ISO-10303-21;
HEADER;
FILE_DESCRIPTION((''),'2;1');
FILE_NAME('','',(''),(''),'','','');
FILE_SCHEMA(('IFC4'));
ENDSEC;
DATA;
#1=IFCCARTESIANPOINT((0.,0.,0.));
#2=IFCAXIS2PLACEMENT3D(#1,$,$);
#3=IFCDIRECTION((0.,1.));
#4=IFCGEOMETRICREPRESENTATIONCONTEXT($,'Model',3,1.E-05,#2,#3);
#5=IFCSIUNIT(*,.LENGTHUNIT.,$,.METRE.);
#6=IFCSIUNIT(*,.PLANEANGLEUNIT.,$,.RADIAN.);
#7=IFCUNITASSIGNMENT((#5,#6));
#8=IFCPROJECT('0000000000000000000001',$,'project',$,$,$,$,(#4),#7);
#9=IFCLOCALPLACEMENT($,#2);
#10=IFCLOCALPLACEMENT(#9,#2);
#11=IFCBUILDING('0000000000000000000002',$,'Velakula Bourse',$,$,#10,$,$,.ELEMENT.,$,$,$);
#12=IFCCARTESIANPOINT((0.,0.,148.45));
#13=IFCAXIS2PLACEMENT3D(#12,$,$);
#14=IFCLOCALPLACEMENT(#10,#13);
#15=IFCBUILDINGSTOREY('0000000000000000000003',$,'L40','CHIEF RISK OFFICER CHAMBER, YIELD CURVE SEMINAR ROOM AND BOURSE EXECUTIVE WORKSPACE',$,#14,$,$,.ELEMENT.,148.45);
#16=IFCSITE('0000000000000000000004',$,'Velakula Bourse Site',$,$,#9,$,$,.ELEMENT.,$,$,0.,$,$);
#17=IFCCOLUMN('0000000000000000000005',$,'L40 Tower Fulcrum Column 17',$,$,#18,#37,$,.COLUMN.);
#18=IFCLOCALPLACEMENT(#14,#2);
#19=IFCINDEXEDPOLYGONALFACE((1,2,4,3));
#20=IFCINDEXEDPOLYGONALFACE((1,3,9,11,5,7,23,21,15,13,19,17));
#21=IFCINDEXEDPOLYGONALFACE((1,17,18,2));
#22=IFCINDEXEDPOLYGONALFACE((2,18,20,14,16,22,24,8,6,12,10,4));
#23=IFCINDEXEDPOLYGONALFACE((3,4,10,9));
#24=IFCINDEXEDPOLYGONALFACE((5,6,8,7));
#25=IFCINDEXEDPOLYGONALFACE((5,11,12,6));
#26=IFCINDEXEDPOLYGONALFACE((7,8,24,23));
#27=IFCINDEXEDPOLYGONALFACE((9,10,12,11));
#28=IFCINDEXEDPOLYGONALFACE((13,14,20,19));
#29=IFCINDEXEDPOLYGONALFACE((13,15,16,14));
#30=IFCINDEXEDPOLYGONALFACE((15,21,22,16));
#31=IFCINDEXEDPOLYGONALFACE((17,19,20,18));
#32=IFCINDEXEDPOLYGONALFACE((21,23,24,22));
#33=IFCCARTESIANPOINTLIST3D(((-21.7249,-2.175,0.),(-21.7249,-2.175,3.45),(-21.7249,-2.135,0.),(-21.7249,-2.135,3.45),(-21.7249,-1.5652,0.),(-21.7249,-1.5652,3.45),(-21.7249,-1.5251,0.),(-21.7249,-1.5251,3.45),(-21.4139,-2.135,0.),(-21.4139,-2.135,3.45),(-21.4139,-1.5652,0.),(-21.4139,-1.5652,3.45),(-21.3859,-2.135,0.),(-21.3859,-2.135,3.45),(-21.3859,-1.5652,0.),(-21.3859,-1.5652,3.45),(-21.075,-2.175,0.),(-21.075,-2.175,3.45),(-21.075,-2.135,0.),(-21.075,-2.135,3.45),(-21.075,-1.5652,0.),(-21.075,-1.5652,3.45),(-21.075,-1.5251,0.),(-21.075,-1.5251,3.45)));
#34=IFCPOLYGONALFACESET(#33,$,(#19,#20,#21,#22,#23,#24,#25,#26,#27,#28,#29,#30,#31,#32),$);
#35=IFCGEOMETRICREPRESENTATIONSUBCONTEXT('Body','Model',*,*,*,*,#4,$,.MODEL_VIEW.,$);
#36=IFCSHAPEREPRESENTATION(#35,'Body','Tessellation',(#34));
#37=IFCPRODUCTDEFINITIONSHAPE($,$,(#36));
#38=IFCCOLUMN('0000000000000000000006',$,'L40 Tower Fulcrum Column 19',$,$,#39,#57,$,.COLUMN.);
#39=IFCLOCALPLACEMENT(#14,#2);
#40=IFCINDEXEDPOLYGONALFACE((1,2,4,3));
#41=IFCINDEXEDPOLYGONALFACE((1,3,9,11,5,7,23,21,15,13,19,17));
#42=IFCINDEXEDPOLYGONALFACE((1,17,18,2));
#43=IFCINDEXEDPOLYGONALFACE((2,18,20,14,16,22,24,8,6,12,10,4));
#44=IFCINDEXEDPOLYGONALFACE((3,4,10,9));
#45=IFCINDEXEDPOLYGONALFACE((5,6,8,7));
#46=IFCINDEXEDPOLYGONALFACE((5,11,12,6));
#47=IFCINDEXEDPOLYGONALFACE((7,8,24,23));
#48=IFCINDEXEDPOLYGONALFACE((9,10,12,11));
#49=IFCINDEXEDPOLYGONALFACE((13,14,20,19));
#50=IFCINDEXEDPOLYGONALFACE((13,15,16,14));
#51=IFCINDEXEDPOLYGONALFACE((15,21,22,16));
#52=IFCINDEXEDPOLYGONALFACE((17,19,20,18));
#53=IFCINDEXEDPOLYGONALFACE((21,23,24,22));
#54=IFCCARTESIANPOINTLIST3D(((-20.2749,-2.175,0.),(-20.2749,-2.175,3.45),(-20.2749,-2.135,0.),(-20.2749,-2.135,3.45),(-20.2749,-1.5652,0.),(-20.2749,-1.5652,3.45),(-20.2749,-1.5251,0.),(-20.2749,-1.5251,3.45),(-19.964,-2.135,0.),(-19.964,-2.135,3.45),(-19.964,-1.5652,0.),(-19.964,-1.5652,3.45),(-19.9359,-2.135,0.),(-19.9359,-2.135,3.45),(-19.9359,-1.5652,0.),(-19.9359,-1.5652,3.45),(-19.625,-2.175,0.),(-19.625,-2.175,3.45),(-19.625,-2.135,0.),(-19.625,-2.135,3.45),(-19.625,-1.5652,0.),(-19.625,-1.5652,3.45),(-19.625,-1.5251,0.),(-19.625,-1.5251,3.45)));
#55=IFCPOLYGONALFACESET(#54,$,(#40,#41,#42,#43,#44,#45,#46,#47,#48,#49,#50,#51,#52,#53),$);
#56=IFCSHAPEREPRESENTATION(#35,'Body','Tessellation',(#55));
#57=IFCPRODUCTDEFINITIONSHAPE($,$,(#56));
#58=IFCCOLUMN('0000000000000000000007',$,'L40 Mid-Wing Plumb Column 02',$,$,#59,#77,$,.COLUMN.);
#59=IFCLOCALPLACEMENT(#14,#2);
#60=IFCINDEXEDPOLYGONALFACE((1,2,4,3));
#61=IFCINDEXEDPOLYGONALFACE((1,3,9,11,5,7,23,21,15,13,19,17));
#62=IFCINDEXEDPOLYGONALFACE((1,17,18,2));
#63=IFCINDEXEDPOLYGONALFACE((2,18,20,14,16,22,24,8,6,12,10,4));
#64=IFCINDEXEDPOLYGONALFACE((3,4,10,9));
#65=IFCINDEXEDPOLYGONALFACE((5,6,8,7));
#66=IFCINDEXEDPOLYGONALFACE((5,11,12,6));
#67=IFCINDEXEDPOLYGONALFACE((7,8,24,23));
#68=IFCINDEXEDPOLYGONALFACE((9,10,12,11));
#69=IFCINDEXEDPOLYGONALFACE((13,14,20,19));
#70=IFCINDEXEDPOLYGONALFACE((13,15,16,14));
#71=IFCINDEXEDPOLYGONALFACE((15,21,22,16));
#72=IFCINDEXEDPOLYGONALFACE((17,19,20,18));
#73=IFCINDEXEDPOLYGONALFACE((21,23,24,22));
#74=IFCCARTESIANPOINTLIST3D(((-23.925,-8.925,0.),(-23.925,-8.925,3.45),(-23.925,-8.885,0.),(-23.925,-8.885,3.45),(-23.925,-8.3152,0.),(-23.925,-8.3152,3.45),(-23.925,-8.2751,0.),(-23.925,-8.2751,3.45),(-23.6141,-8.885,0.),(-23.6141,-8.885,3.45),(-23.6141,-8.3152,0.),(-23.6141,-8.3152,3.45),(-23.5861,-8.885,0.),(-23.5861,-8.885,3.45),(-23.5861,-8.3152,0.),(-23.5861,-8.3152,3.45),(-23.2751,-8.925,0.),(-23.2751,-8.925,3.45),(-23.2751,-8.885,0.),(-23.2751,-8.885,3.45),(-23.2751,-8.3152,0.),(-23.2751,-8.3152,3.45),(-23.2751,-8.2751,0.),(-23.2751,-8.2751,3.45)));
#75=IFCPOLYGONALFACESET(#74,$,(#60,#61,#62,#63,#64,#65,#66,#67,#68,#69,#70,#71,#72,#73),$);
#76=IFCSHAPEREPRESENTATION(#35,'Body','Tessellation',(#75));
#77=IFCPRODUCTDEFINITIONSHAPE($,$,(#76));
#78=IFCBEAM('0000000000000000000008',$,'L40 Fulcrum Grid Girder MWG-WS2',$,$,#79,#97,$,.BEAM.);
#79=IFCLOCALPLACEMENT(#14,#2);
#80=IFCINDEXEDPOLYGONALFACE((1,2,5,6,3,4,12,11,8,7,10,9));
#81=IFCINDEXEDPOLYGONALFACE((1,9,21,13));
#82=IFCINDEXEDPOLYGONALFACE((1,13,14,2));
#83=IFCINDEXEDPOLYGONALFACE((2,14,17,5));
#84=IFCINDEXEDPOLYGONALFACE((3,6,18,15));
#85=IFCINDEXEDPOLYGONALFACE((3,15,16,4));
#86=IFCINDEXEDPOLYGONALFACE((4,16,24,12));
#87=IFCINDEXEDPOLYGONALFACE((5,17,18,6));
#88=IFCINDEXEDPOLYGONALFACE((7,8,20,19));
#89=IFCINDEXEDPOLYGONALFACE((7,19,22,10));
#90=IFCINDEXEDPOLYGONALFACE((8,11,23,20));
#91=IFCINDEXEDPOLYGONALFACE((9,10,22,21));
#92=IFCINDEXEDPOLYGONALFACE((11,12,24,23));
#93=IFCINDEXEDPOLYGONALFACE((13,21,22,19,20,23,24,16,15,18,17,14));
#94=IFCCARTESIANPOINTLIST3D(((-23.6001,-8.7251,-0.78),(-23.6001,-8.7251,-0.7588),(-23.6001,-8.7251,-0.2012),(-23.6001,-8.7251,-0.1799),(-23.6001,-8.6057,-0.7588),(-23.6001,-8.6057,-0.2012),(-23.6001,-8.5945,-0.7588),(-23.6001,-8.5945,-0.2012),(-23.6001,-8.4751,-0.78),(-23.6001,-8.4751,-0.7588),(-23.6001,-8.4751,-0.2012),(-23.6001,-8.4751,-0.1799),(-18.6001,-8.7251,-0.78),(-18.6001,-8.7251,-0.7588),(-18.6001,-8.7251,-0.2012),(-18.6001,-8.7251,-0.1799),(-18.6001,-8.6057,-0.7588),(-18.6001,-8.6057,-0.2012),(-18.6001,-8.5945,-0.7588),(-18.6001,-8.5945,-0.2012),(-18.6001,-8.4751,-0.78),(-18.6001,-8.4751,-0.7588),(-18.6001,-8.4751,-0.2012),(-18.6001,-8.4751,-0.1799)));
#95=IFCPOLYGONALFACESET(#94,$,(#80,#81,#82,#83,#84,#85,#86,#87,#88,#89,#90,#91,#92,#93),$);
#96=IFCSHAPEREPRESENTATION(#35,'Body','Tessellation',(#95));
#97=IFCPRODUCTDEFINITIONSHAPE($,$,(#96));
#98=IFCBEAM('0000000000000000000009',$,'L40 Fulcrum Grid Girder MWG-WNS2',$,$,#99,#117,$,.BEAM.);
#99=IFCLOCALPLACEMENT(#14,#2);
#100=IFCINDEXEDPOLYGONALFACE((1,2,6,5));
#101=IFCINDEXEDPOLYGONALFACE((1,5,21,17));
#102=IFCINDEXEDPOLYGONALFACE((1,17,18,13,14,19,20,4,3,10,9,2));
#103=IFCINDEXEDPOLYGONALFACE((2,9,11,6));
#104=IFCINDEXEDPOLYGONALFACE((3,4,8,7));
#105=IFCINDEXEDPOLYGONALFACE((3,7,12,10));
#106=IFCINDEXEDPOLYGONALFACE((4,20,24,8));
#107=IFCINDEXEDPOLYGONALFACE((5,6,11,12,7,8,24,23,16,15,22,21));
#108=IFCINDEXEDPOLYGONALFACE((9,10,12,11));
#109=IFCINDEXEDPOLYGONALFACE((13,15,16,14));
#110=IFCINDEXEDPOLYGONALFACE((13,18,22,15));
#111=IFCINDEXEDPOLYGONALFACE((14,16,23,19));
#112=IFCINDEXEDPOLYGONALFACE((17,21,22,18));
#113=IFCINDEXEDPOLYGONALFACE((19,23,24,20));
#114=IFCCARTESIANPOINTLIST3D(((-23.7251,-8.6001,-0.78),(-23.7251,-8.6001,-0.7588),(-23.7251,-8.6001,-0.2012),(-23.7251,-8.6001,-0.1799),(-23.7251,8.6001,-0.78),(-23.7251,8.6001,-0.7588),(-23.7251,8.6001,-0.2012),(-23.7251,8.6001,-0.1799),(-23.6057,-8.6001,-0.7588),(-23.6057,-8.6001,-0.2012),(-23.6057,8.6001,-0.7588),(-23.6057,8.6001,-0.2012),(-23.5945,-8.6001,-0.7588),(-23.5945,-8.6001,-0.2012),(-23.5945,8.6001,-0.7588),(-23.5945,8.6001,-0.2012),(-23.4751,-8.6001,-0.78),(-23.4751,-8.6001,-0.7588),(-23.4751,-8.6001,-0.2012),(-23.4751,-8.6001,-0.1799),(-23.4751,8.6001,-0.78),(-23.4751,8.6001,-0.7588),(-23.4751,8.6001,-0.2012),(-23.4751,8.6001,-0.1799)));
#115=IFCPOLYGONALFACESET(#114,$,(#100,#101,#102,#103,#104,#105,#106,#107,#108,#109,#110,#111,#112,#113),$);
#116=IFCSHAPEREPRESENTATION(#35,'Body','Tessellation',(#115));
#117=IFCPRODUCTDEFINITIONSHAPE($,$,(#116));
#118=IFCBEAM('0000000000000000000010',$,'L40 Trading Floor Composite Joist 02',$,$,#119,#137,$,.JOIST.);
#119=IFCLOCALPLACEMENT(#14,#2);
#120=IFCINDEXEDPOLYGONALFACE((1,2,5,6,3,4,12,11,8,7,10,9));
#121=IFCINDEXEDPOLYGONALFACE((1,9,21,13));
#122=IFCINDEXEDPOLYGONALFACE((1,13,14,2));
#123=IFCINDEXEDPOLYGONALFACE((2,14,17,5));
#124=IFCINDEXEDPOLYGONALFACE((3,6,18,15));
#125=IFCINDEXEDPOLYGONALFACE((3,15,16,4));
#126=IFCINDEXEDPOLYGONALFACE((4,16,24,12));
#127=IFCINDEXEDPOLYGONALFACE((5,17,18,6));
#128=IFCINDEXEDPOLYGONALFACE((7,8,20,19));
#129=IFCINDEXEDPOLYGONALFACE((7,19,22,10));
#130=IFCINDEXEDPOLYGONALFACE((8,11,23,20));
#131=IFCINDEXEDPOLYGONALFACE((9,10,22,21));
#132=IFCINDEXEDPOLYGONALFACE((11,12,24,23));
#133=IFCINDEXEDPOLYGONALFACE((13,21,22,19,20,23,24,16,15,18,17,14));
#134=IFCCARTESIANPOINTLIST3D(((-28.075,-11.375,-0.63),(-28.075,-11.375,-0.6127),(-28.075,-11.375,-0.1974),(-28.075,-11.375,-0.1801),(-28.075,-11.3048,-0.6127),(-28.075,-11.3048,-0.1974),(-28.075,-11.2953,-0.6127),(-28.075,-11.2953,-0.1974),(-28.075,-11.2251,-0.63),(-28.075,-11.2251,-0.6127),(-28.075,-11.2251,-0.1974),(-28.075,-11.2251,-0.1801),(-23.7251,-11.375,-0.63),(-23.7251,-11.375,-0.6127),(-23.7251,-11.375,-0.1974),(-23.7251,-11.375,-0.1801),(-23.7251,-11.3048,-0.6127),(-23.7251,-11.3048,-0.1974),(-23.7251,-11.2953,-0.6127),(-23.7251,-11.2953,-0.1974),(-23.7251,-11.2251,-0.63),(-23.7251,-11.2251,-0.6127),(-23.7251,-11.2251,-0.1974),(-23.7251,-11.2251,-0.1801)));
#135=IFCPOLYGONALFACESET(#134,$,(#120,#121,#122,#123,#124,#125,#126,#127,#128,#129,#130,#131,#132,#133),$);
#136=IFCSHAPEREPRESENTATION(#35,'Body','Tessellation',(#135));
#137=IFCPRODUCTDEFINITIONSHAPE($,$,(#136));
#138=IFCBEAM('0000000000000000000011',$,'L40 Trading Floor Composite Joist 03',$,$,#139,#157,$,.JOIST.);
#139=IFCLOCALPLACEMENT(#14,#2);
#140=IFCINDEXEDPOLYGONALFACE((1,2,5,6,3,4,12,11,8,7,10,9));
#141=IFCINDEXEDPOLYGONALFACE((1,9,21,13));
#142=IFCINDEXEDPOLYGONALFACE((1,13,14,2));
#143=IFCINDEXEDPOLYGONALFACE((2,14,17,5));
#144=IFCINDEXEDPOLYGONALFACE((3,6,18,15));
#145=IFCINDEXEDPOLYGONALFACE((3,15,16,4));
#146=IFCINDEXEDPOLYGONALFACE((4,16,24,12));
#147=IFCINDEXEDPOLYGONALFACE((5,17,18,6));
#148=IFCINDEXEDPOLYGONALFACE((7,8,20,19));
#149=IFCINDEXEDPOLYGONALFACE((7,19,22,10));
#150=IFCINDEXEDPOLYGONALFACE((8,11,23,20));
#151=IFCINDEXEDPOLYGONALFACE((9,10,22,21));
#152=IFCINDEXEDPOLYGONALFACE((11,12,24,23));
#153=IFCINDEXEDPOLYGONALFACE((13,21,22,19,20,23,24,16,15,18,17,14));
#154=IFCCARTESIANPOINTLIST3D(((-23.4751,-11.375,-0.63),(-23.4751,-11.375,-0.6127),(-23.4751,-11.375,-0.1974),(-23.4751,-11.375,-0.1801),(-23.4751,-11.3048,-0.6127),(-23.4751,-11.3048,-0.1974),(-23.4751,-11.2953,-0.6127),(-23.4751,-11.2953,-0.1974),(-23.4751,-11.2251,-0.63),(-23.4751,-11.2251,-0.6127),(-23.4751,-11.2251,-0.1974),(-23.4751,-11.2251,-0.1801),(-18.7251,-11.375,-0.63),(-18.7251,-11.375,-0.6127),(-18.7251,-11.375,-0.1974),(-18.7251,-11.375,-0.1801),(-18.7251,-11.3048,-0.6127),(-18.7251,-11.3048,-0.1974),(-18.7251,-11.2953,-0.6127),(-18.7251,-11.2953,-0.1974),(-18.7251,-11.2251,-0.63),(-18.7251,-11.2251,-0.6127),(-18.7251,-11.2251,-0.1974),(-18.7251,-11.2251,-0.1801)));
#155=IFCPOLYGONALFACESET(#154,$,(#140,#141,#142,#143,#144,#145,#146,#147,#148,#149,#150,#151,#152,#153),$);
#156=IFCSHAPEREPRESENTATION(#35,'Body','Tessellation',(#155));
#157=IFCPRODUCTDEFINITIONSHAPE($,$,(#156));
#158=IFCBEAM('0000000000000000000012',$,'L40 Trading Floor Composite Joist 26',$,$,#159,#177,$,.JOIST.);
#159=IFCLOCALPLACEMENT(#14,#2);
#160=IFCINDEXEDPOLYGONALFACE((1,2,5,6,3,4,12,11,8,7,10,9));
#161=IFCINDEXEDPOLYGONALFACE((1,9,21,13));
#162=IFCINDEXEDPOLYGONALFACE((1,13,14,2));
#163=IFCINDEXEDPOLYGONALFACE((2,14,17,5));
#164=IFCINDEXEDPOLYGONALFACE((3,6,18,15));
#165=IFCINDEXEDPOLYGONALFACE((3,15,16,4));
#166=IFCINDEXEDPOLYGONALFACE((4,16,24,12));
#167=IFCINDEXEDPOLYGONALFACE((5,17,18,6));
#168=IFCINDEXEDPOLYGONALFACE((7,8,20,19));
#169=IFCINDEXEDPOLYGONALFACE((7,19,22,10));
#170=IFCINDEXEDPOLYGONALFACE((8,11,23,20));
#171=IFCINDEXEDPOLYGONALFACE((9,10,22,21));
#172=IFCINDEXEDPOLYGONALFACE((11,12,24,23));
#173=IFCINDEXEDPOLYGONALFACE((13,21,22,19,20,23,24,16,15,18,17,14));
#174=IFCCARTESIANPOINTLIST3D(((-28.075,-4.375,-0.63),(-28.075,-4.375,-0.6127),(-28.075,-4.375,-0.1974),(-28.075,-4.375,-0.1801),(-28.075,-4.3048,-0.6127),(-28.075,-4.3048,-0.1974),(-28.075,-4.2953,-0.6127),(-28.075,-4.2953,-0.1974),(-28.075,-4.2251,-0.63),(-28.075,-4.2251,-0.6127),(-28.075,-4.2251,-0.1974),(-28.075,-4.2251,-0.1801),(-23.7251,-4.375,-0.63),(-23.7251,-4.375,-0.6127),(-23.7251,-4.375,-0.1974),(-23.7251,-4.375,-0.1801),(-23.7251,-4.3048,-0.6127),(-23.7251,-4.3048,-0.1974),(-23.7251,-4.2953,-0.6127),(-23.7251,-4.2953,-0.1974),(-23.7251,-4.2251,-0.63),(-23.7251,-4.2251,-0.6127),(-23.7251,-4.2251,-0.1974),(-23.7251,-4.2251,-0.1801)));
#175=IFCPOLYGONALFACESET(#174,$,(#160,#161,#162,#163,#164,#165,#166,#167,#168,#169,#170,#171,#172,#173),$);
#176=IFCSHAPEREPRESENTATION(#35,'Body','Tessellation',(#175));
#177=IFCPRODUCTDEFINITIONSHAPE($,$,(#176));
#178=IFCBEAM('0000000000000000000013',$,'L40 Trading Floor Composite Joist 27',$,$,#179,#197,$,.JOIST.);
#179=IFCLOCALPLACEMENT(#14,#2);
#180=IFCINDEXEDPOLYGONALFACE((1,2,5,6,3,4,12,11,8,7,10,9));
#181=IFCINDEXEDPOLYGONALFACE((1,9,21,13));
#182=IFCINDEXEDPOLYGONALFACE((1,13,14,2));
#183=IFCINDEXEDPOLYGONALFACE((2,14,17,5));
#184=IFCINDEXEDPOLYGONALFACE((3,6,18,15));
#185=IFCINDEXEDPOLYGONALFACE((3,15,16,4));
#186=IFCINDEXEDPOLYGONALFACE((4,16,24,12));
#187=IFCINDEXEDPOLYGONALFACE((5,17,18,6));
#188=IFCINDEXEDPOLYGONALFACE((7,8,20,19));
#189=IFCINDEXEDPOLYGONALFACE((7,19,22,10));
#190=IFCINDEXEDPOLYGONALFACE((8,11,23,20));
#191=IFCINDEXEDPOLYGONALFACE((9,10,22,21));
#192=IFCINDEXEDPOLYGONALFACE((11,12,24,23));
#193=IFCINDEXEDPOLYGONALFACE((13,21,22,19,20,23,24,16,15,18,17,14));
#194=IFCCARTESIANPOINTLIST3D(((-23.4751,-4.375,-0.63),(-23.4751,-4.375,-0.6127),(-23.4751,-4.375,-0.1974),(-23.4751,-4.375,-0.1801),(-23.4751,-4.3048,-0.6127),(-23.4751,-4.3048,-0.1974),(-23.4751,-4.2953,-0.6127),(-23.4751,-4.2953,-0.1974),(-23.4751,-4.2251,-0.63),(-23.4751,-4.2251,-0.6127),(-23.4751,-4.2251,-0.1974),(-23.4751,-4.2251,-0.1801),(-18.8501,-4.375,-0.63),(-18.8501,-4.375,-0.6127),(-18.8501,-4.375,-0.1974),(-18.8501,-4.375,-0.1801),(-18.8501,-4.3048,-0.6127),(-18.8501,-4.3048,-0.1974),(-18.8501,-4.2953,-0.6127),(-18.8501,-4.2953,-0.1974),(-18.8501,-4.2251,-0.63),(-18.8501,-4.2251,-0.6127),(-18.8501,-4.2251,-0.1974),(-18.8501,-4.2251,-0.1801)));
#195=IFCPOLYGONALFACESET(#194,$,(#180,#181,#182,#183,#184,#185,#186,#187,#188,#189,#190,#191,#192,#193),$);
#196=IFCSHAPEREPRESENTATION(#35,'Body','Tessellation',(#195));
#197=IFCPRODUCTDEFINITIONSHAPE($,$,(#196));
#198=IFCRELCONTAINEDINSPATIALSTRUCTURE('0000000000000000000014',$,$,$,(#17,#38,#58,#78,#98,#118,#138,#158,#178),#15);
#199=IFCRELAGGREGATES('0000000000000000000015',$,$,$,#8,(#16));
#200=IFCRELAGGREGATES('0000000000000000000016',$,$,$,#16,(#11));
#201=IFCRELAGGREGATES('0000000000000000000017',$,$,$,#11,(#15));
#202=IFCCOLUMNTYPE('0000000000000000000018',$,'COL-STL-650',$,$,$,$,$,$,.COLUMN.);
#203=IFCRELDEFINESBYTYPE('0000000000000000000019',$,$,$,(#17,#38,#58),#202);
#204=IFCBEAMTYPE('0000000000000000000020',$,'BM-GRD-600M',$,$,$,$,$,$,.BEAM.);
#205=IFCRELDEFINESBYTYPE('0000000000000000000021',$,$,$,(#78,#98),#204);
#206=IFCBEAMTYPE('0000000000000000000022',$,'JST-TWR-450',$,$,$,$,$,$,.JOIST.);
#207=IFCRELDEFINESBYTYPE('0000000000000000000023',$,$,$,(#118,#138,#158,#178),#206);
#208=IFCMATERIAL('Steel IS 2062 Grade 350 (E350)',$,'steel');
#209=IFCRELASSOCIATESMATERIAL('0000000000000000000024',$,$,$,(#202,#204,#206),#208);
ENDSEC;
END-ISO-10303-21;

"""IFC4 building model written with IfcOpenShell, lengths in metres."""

from ifc_helpers import new_model, si_unit, direction, frame, origin, origin_2d, place, context, subcontext, project, spatial, i_section, extrude, material, material_profile, profile_set, type_object, element, save


model = new_model("IFC4")

# Units and contexts
model_context = context("Model", 3, precision=1e-05, world=origin(), true_north=direction((0.0, 1.0)))
body_context = subcontext(model_context, "Body", "Model", "MODEL_VIEW")
ifc_project = project(units=[si_unit("LENGTHUNIT", "METRE"), si_unit("PLANEANGLEUNIT", "RADIAN")], contexts=[model_context])

# Site, building, storey
site_placement = place(None, origin())
site = spatial("IfcSite", under=ifc_project, at=site_placement, Name="Velakula Bourse Site", CompositionType="ELEMENT", RefElevation=0.0)
building_placement = place(site_placement, origin())
building = spatial("IfcBuilding", under=site, at=building_placement, Name="Velakula Bourse", CompositionType="ELEMENT")
storey_placement = place(building_placement, frame((0.0, 0.0, 148.45)))
storey = spatial("IfcBuildingStorey", under=building, at=storey_placement, Name="L40", Description="CHIEF RISK OFFICER CHAMBER, YIELD CURVE SEMINAR ROOM AND BOURSE EXECUTIVE WORKSPACE", CompositionType="ELEMENT", Elevation=148.45)

# Columns
ifc_material_1 = material(Name="Steel IS 2062 Grade 350 (E350)", Category="steel")
ifc_material_profile_1 = material_profile(ifc_material_1, i_section(OverallWidth=0.6499, OverallDepth=0.6499, WebThickness=0.0281, FlangeThickness=0.04, at=origin_2d()), Name="Steel IS 2062 Grade 350 (E350)")
ifc_profile_set_1 = profile_set([ifc_material_profile_1], Name="Steel IS 2062 Grade 350 (E350)")
column_type = type_object("IfcColumnType", Name="COL-STL-650", PredefinedType="COLUMN", material=ifc_profile_set_1)
for number, where, z_axis, x_axis, name in (
    (1, (-21.3999, -1.8501, 0.0), (0.0, 0.0, 1.0), (1.0, 0.0, 0.0), "L40 Tower Fulcrum Column 17"),
    (2, (-19.95, -1.8501, 0.0), (0.0, 0.0, 1.0), (1.0, 0.0, 0.0), "L40 Tower Fulcrum Column 19"),
    (3, (-23.6001, -8.6001, 0.0), (0.0, 0.0, 1.0), (1.0, 0.0, 0.0), "L40 Mid-Wing Plumb Column 02"),
):
    element("IfcColumn", number, at=place(storey_placement, frame(where, z_axis=z_axis, x_axis=x_axis)), inside=storey, type_object=column_type, Name=name, PredefinedType="COLUMN", context=body_context, shape_type="SweptSolid", body=[
        extrude(i_section(OverallWidth=0.6499, OverallDepth=0.6499, WebThickness=0.0281, FlangeThickness=0.04, at=origin_2d()), origin(), (0.0, 0.0, 1.0), 3.45),
    ])

# Beams
ifc_material_profile_2 = material_profile(ifc_material_1, i_section(OverallWidth=0.25, OverallDepth=0.6001, WebThickness=0.0112, FlangeThickness=0.0212, at=origin_2d()), Name="Steel IS 2062 Grade 350 (E350)")
ifc_profile_set_2 = profile_set([ifc_material_profile_2], Name="Steel IS 2062 Grade 350 (E350)")
beam_type_1 = type_object("IfcBeamType", Name="BM-GRD-600M", PredefinedType="BEAM", material=ifc_profile_set_2)
beam_1_placement = place(storey_placement, frame((-23.6001, -8.6001, -0.48), z_axis=(1.0, 0.0, 0.0), x_axis=(0.0, 1.0, 0.0)))
element("IfcBeam", 4, at=beam_1_placement, inside=storey, type_object=beam_type_1, Name="L40 Fulcrum Grid Girder MWG-WS2", PredefinedType="BEAM", context=body_context, shape_type="SweptSolid", body=[
    extrude(i_section(OverallWidth=0.25, OverallDepth=0.6001, WebThickness=0.0112, FlangeThickness=0.0212, at=origin_2d()), origin(), (0.0, 0.0, 1.0), 5.0),
])
beam_2_placement = place(storey_placement, frame((-23.6001, -8.6001, -0.48), z_axis=(0.0, 1.0, 0.0), x_axis=(-1.0, 0.0, 0.0)))
element("IfcBeam", 5, at=beam_2_placement, inside=storey, type_object=beam_type_1, Name="L40 Fulcrum Grid Girder MWG-WNS2", PredefinedType="BEAM", context=body_context, shape_type="SweptSolid", body=[
    extrude(i_section(OverallWidth=0.25, OverallDepth=0.6001, WebThickness=0.0112, FlangeThickness=0.0212, at=origin_2d()), origin(), (0.0, 0.0, 1.0), 17.2002),
])
ifc_material_profile_3 = material_profile(ifc_material_1, i_section(OverallWidth=0.1499, OverallDepth=0.45, WebThickness=0.0095, FlangeThickness=0.0173, at=origin_2d()), Name="Steel IS 2062 Grade 350 (E350)")
ifc_profile_set_3 = profile_set([ifc_material_profile_3], Name="Steel IS 2062 Grade 350 (E350)")
beam_type_2 = type_object("IfcBeamType", Name="JST-TWR-450", PredefinedType="JOIST", material=ifc_profile_set_3)
beam_3_placement = place(storey_placement, frame((-28.075, -11.3, -0.405), z_axis=(1.0, 0.0, 0.0), x_axis=(0.0, 1.0, 0.0)))
element("IfcBeam", 6, at=beam_3_placement, inside=storey, type_object=beam_type_2, Name="L40 Trading Floor Composite Joist 02", PredefinedType="JOIST", context=body_context, shape_type="SweptSolid", body=[
    extrude(i_section(OverallWidth=0.1499, OverallDepth=0.45, WebThickness=0.0095, FlangeThickness=0.0173, at=origin_2d()), origin(), (0.0, 0.0, 1.0), 4.3499),
])
beam_4_placement = place(storey_placement, frame((-23.4751, -11.3, -0.405), z_axis=(1.0, 0.0, 0.0), x_axis=(0.0, 1.0, 0.0)))
element("IfcBeam", 7, at=beam_4_placement, inside=storey, type_object=beam_type_2, Name="L40 Trading Floor Composite Joist 03", PredefinedType="JOIST", context=body_context, shape_type="SweptSolid", body=[
    extrude(i_section(OverallWidth=0.1499, OverallDepth=0.45, WebThickness=0.0095, FlangeThickness=0.0173, at=origin_2d()), origin(), (0.0, 0.0, 1.0), 4.75),
])
beam_5_placement = place(storey_placement, frame((-28.075, -4.3, -0.405), z_axis=(1.0, 0.0, 0.0), x_axis=(0.0, 1.0, 0.0)))
element("IfcBeam", 8, at=beam_5_placement, inside=storey, type_object=beam_type_2, Name="L40 Trading Floor Composite Joist 26", PredefinedType="JOIST", context=body_context, shape_type="SweptSolid", body=[
    extrude(i_section(OverallWidth=0.1499, OverallDepth=0.45, WebThickness=0.0095, FlangeThickness=0.0173, at=origin_2d()), origin(), (0.0, 0.0, 1.0), 4.3499),
])
beam_6_placement = place(storey_placement, frame((-23.4751, -4.3, -0.405), z_axis=(1.0, 0.0, 0.0), x_axis=(0.0, 1.0, 0.0)))
element("IfcBeam", 9, at=beam_6_placement, inside=storey, type_object=beam_type_2, Name="L40 Trading Floor Composite Joist 27", PredefinedType="JOIST", context=body_context, shape_type="SweptSolid", body=[
    extrude(i_section(OverallWidth=0.1499, OverallDepth=0.45, WebThickness=0.0095, FlangeThickness=0.0173, at=origin_2d()), origin(), (0.0, 0.0, 1.0), 4.625),
])

save(model, "model.ifc")
